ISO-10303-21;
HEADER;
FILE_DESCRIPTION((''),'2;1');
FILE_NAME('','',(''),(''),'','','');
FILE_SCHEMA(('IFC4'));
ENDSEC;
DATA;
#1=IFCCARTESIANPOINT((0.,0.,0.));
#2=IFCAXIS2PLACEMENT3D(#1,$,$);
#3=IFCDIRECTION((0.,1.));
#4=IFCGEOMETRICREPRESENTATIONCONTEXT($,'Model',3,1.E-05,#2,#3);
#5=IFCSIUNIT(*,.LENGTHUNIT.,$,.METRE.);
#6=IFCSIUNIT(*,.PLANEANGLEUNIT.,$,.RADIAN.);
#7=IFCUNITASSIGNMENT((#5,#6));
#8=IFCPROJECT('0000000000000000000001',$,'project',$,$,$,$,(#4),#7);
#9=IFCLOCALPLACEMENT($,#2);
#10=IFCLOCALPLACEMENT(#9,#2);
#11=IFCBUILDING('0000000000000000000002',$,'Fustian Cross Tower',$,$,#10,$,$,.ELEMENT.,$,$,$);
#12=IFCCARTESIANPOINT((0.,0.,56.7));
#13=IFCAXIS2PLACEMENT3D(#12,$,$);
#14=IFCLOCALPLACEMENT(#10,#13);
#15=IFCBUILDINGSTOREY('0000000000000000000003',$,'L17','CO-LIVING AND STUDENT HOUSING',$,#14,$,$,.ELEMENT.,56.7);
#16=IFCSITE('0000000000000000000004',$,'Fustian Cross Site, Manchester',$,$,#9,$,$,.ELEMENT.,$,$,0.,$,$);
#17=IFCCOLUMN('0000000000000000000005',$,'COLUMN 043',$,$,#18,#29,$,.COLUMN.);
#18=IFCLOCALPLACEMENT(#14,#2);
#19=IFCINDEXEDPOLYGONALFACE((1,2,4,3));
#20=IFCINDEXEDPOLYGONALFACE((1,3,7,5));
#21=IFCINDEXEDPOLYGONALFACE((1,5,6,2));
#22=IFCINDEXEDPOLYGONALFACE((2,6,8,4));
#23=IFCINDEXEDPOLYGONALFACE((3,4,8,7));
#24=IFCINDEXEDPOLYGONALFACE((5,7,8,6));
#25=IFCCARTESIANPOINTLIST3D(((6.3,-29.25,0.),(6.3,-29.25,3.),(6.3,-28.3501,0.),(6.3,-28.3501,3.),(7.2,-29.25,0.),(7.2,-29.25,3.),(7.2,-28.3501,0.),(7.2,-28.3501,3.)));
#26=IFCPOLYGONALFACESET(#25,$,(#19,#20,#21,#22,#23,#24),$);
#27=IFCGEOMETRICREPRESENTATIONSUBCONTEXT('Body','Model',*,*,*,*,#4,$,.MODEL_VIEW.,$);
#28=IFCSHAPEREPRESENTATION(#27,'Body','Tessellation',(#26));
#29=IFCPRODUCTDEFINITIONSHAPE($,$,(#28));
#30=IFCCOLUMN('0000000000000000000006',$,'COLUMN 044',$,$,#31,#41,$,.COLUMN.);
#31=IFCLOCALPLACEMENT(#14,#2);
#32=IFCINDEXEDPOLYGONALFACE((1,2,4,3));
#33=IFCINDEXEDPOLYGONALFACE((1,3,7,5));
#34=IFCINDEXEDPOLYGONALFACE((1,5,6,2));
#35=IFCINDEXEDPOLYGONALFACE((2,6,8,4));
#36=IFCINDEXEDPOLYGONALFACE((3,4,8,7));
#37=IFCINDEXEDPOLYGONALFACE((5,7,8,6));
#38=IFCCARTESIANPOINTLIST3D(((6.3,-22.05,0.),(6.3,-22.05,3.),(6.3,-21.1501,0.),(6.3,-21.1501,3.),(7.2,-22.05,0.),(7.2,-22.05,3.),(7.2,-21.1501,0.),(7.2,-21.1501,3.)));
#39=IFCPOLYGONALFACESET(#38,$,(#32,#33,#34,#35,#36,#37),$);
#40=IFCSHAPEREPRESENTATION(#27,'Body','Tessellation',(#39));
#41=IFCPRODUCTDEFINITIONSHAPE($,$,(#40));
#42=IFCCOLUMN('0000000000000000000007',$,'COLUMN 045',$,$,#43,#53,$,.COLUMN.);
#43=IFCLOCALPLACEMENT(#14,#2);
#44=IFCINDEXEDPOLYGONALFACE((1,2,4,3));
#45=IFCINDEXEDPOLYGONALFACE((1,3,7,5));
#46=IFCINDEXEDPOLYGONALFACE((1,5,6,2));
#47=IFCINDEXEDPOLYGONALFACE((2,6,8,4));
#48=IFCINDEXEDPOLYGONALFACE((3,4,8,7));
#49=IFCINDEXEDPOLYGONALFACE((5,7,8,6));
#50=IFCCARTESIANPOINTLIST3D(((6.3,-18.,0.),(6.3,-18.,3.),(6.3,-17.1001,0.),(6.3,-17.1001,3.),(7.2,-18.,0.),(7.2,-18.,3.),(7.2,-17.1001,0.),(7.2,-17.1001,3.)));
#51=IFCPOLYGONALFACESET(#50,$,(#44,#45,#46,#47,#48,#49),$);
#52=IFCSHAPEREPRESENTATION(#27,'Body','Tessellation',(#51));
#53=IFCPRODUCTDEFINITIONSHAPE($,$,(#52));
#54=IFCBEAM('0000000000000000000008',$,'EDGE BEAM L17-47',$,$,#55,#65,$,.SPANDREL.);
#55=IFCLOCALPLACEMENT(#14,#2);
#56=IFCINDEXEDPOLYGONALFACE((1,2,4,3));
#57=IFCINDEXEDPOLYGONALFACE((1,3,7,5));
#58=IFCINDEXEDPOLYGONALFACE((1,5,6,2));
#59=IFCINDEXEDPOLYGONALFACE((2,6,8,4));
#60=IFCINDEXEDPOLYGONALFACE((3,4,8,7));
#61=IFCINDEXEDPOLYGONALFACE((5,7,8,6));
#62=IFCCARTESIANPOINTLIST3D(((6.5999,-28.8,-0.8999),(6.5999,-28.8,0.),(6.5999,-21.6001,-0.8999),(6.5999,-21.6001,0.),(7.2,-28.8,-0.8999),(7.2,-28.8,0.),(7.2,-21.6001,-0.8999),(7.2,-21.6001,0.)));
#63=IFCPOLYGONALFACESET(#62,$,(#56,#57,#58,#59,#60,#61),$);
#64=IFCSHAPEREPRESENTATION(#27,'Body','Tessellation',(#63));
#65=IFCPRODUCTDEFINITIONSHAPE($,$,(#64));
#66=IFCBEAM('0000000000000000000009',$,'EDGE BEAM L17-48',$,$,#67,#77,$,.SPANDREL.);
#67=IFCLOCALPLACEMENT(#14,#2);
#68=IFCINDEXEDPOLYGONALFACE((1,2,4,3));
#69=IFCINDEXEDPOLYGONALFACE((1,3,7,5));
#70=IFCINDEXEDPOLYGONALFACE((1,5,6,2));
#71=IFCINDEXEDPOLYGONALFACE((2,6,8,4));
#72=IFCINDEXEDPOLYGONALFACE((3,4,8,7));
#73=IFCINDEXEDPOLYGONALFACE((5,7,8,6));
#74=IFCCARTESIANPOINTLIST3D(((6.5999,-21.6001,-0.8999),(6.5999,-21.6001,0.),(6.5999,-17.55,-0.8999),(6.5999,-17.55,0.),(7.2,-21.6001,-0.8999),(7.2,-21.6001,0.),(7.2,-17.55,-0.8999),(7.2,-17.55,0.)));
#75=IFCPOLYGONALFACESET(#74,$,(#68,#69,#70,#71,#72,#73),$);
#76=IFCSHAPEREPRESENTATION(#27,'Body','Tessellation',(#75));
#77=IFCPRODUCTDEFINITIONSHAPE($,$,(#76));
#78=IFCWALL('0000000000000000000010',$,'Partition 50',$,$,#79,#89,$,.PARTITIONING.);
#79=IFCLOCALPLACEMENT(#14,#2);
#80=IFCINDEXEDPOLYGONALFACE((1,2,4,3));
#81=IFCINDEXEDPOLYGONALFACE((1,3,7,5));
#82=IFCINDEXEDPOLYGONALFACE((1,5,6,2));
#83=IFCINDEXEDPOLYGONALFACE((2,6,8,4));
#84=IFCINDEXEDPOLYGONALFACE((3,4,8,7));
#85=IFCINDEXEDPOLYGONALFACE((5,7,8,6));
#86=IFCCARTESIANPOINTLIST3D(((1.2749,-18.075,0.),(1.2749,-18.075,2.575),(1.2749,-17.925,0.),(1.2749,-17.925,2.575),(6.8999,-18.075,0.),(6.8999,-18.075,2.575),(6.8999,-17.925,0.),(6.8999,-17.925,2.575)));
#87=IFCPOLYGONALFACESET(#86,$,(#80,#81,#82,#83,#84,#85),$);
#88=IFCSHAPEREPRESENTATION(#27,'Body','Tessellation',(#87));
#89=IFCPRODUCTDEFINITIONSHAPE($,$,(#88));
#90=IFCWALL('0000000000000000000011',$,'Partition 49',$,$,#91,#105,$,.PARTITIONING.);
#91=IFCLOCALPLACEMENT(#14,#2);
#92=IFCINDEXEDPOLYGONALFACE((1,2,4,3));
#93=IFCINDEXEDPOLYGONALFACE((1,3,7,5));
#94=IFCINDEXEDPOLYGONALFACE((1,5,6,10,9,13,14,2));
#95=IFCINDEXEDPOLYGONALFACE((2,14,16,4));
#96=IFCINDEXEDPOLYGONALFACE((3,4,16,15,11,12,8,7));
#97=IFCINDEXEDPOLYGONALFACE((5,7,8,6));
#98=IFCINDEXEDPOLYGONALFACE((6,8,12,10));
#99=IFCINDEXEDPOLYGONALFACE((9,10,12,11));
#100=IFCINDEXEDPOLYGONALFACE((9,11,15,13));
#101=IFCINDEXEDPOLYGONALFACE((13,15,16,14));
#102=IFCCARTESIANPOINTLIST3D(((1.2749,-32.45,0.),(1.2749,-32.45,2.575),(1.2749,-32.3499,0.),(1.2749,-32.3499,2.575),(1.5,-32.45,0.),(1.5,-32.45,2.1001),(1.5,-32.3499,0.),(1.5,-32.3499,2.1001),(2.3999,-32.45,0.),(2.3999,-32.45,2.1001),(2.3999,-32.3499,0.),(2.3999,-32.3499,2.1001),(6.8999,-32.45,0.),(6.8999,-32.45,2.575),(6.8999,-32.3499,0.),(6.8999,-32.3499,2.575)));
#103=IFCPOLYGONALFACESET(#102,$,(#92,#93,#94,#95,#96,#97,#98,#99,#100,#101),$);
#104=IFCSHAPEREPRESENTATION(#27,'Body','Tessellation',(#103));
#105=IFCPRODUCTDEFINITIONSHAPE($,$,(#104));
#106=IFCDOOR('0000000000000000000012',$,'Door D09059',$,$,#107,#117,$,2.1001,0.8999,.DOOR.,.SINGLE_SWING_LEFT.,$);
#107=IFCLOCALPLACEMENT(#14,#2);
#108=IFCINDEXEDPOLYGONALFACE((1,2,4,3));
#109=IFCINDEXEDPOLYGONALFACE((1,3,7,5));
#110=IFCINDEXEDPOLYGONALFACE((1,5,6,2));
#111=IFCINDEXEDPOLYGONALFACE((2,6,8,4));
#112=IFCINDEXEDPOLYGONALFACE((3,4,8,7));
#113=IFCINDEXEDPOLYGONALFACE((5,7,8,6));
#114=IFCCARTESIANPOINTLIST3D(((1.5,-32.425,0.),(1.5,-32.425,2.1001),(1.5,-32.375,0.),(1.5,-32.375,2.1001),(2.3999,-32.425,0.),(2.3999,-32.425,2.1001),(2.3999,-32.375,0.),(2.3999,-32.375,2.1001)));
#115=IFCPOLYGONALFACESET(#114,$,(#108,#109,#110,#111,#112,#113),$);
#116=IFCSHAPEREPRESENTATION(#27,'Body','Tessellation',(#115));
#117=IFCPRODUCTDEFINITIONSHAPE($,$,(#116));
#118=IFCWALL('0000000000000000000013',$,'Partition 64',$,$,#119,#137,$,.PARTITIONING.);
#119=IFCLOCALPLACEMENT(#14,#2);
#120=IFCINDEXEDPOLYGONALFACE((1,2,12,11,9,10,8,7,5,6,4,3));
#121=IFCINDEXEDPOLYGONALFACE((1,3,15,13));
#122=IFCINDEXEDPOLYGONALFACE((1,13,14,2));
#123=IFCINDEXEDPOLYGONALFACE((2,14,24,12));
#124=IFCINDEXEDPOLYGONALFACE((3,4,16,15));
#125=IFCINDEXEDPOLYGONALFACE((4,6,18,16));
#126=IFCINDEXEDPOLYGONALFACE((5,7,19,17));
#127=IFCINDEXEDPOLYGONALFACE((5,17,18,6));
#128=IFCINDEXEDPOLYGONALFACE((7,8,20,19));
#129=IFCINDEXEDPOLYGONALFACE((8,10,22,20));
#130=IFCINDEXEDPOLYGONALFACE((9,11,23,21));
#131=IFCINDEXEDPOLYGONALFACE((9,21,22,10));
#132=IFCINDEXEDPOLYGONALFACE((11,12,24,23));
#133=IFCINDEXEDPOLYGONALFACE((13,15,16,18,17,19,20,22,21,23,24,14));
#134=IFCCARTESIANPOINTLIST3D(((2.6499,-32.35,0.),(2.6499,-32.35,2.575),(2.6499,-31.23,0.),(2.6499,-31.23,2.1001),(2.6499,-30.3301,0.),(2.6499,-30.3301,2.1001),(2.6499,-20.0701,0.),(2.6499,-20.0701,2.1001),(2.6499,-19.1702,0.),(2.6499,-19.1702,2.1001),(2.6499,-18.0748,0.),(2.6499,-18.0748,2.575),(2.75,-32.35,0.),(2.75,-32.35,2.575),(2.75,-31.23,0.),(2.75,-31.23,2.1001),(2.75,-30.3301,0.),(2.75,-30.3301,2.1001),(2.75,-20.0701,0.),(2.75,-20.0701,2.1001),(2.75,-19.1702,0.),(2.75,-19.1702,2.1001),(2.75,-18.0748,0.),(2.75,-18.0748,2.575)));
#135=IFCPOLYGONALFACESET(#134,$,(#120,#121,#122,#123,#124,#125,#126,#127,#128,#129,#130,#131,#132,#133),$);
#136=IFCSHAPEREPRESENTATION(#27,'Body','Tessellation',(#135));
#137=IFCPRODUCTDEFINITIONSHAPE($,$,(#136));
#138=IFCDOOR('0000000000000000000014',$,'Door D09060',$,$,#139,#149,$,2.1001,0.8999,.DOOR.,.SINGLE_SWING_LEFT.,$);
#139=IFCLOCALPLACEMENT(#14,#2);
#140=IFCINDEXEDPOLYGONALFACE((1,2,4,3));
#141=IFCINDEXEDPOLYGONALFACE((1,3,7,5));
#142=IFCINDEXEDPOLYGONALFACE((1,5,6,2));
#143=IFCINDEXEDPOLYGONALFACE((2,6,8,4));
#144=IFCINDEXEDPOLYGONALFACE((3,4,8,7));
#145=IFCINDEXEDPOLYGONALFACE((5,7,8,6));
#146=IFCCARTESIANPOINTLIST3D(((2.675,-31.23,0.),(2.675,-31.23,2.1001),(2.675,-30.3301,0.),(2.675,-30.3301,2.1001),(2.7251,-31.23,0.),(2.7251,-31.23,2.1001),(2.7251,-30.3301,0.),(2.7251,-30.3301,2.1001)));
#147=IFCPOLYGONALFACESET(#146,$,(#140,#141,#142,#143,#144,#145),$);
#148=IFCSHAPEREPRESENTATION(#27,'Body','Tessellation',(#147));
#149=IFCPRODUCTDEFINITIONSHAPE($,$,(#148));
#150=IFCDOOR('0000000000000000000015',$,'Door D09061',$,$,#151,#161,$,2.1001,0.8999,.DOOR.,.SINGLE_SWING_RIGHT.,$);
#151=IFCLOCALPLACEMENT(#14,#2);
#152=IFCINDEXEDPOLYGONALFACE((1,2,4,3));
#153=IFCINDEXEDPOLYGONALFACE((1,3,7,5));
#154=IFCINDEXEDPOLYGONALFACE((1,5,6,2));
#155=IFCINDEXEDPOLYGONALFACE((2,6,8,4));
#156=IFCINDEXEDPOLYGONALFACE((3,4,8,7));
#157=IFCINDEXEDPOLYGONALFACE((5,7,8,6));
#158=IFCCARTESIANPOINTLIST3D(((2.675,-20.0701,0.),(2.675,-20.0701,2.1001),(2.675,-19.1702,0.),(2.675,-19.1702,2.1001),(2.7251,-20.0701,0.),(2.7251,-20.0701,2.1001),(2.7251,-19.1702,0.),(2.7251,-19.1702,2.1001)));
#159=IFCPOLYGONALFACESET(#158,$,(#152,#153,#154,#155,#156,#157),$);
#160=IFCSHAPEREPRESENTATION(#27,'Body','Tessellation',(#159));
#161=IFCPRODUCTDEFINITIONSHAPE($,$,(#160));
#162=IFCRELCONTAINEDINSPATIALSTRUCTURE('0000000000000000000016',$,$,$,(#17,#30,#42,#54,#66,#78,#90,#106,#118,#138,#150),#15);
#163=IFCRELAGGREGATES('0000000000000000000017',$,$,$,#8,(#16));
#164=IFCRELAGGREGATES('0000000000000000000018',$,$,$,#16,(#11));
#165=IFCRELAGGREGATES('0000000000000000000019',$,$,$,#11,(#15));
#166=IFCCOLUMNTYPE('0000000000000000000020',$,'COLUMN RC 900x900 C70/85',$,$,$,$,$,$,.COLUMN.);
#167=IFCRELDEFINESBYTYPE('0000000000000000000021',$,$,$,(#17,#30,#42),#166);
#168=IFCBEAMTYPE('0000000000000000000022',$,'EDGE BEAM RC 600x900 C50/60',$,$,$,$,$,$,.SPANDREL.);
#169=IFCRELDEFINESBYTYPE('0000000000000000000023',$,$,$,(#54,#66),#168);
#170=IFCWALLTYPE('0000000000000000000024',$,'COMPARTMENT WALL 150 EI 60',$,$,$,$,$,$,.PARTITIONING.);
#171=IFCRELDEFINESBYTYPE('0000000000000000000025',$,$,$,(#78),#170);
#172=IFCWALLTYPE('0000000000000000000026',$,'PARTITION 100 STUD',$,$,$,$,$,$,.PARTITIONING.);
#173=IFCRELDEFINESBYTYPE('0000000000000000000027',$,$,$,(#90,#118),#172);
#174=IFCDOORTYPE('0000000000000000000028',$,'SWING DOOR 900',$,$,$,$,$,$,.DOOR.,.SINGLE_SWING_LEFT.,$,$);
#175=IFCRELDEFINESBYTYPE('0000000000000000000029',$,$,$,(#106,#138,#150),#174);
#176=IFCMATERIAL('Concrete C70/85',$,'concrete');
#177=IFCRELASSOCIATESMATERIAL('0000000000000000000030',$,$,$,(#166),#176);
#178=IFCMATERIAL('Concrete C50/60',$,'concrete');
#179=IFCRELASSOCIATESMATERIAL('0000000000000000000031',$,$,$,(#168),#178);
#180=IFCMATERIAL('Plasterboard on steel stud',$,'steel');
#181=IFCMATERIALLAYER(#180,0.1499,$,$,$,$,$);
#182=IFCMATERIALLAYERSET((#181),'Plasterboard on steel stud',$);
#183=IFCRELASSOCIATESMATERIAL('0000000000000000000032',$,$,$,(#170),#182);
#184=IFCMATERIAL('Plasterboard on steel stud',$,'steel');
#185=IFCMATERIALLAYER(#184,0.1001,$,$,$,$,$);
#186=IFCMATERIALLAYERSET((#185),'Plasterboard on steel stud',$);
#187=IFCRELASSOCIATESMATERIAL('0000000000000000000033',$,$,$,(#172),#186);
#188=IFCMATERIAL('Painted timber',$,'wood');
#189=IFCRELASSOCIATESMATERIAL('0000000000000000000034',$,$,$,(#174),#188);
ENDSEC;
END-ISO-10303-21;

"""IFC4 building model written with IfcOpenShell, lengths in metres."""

from ifc_helpers import new_model, si_unit, direction, frame, frame_2d, origin, origin_2d, place, context, subcontext, project, spatial, rectangle, extrude, material, layer, layer_set, material_profile, profile_set, type_object, element, fill, save


model = new_model("IFC4")

# Units and contexts
model_context = context("Model", 3, precision=1e-05, world=origin(), true_north=direction((0.0, 1.0)))
body_context = subcontext(model_context, "Body", "Model", "MODEL_VIEW")
ifc_project = project(units=[si_unit("LENGTHUNIT", "METRE"), si_unit("PLANEANGLEUNIT", "RADIAN")], contexts=[model_context])

# Site, building, storey
site_placement = place(None, origin())
site = spatial("IfcSite", under=ifc_project, at=site_placement, Name="Fustian Cross Site, Manchester", CompositionType="ELEMENT", RefElevation=0.0)
building_placement = place(site_placement, origin())
building = spatial("IfcBuilding", under=site, at=building_placement, Name="Fustian Cross Tower", CompositionType="ELEMENT")
storey_placement = place(building_placement, frame((0.0, 0.0, 56.7)))
storey = spatial("IfcBuildingStorey", under=building, at=storey_placement, Name="L17", Description="CO-LIVING AND STUDENT HOUSING", CompositionType="ELEMENT", Elevation=56.7)

# Columns
ifc_material_1 = material(Name="Concrete C70/85", Category="concrete")
ifc_material_profile_1 = material_profile(ifc_material_1, rectangle(XDim=0.8999, YDim=0.8999, at=origin_2d()), Name="RC 900x900")
ifc_profile_set_1 = profile_set([ifc_material_profile_1], Name="Concrete C70/85")
column_type = type_object("IfcColumnType", Name="COLUMN RC 900x900 C70/85", PredefinedType="COLUMN", material=ifc_profile_set_1)
for number, where, z_axis, x_axis, name in (
    (1, (6.75, -28.8, 0.0), (0.0, 0.0, 1.0), (1.0, 0.0, 0.0), "COLUMN 043"),
    (2, (6.75, -21.6001, 0.0), (0.0, 0.0, 1.0), (1.0, 0.0, 0.0), "COLUMN 044"),
    (3, (6.75, -17.55, 0.0), (0.0, 0.0, 1.0), (1.0, 0.0, 0.0), "COLUMN 045"),
):
    element("IfcColumn", number, at=place(storey_placement, frame(where, z_axis=z_axis, x_axis=x_axis)), inside=storey, type_object=column_type, Name=name, PredefinedType="COLUMN", context=body_context, shape_type="SweptSolid", body=[
        extrude(rectangle(XDim=0.8999, YDim=0.8999, at=origin_2d()), origin(), (0.0, 0.0, 1.0), 3.0),
    ])

# Beams
ifc_material_2 = material(Name="Concrete C50/60", Category="concrete")
ifc_material_profile_2 = material_profile(ifc_material_2, rectangle(XDim=0.6001, YDim=0.8999, at=origin_2d()), Name="RC 600x900")
ifc_profile_set_2 = profile_set([ifc_material_profile_2], Name="Concrete C50/60")
beam_type = type_object("IfcBeamType", Name="EDGE BEAM RC 600x900 C50/60", PredefinedType="SPANDREL", material=ifc_profile_set_2)
beam_1_placement = place(storey_placement, frame((6.8999, -28.8, -0.45), z_axis=(0.0, 1.0, 0.0), x_axis=(-1.0, 0.0, 0.0)))
element("IfcBeam", 4, at=beam_1_placement, inside=storey, type_object=beam_type, Name="EDGE BEAM L17-47", PredefinedType="SPANDREL", context=body_context, shape_type="SweptSolid", body=[
    extrude(rectangle(XDim=0.6001, YDim=0.8999, at=origin_2d()), origin(), (0.0, 0.0, 1.0), 7.2),
])
beam_2_placement = place(storey_placement, frame((6.8999, -21.6001, -0.45), z_axis=(0.0, 1.0, 0.0), x_axis=(-1.0, 0.0, 0.0)))
element("IfcBeam", 5, at=beam_2_placement, inside=storey, type_object=beam_type, Name="EDGE BEAM L17-48", PredefinedType="SPANDREL", context=body_context, shape_type="SweptSolid", body=[
    extrude(rectangle(XDim=0.6001, YDim=0.8999, at=origin_2d()), origin(), (0.0, 0.0, 1.0), 4.05),
])

# Wall
ifc_material_3 = material(Name="Plasterboard on steel stud", Category="steel")
ifc_layer_1 = layer(ifc_material_3, 0.1499)
ifc_layer_set_1 = layer_set([ifc_layer_1], Name="Plasterboard on steel stud")
wall_type_1 = type_object("IfcWallType", Name="COMPARTMENT WALL 150 EI 60", PredefinedType="PARTITIONING", material=ifc_layer_set_1)
wall_1_placement = place(storey_placement, frame((1.2749, -18.0, 0.0), z_axis=(0.0, 0.0, 1.0), x_axis=(1.0, 0.0, 0.0)))
element("IfcWall", 6, at=wall_1_placement, inside=storey, type_object=wall_type_1, Name="Partition 50", PredefinedType="PARTITIONING", context=body_context, shape_type="SweptSolid", body=[
    extrude(rectangle(XDim=5.625, YDim=0.1499, at=frame_2d((2.8125, 0.0))), origin(), (0.0, 0.0, 1.0), 2.575),
])

# Wall, opening, door
ifc_material_4 = material(Name="Plasterboard on steel stud", Category="steel")
ifc_layer_2 = layer(ifc_material_4, 0.1001)
ifc_layer_set_2 = layer_set([ifc_layer_2], Name="Plasterboard on steel stud")
wall_type_2 = type_object("IfcWallType", Name="PARTITION 100 STUD", PredefinedType="PARTITIONING", material=ifc_layer_set_2)
wall_2_placement = place(storey_placement, frame((1.2749, -32.3999, 0.0), z_axis=(0.0, 0.0, 1.0), x_axis=(1.0, 0.0, 0.0)))
wall_2 = element("IfcWall", 7, at=wall_2_placement, inside=storey, type_object=wall_type_2, Name="Partition 49", PredefinedType="PARTITIONING", context=body_context, shape_type="SweptSolid", body=[
    extrude(rectangle(XDim=5.625, YDim=0.1001, at=frame_2d((2.8125, 0.0))), origin(), (0.0, 0.0, 1.0), 2.575),
])
opening_1_placement = place(wall_2_placement, frame((0.2251, 0.0, 0.0)))
opening_1 = element("IfcOpeningElement", 8, at=opening_1_placement, cuts=wall_2, PredefinedType="OPENING", context=body_context, shape_type="SweptSolid", body=[
    extrude(rectangle(XDim=0.8999, YDim=2.1001, at=frame_2d((0.45, 1.05))), frame((0.0, 0.0601, 0.0), z_axis=(0.0, -1.0, 0.0), x_axis=(1.0, 0.0, 0.0)), (0.0, 0.0, 1.0), 0.1201),
])
ifc_material_5 = material(Name="Painted timber", Category="wood")
door_type_1 = type_object("IfcDoorType", Name="SWING DOOR 900", OperationType="SINGLE_SWING_LEFT", PredefinedType="DOOR", material=ifc_material_5)
door_1_placement = place(opening_1_placement, origin())
door_1 = element("IfcDoor", 9, at=door_1_placement, inside=storey, type_object=door_type_1, Name="Door D09059", OperationType="SINGLE_SWING_LEFT", OverallHeight=2.1001, OverallWidth=0.8999, PredefinedType="DOOR", context=body_context, shape_type="SweptSolid", body=[
    extrude(rectangle(XDim=0.8999, YDim=2.1001, at=frame_2d((0.45, 1.05))), frame((0.0, 0.0249, 0.0), z_axis=(0.0, -1.0, 0.0), x_axis=(1.0, 0.0, 0.0)), (0.0, 0.0, 1.0), 0.05),
])
fill(opening_1, door_1)

# Wall, openings, doors
wall_3_placement = place(storey_placement, frame((2.7, -32.3501, 0.0), z_axis=(0.0, 0.0, 1.0), x_axis=(0.0, 1.0, 0.0)))
wall_3 = element("IfcWall", 10, at=wall_3_placement, inside=storey, type_object=wall_type_2, Name="Partition 64", PredefinedType="PARTITIONING", context=body_context, shape_type="SweptSolid", body=[
    extrude(rectangle(XDim=14.2751, YDim=0.1001, at=frame_2d((7.1377, 0.0))), origin(), (0.0, 0.0, 1.0), 2.575),
])
opening_2_placement = place(wall_3_placement, frame((1.1201, 0.0, 0.0)))
opening_2 = element("IfcOpeningElement", 11, at=opening_2_placement, cuts=wall_3, PredefinedType="OPENING", context=body_context, shape_type="SweptSolid", body=[
    extrude(rectangle(XDim=0.8999, YDim=2.1001, at=frame_2d((0.45, 1.05))), frame((0.0, 0.0601, 0.0), z_axis=(0.0, -1.0, 0.0), x_axis=(1.0, 0.0, 0.0)), (0.0, 0.0, 1.0), 0.1201),
])
opening_3_placement = place(wall_3_placement, frame((12.28, 0.0, 0.0)))
opening_3 = element("IfcOpeningElement", 12, at=opening_3_placement, cuts=wall_3, PredefinedType="OPENING", context=body_context, shape_type="SweptSolid", body=[
    extrude(rectangle(XDim=0.8999, YDim=2.1001, at=frame_2d((0.45, 1.05))), frame((0.0, 0.0601, 0.0), z_axis=(0.0, -1.0, 0.0), x_axis=(1.0, 0.0, 0.0)), (0.0, 0.0, 1.0), 0.1201),
])
door_2_placement = place(opening_2_placement, origin())
door_2 = element("IfcDoor", 13, at=door_2_placement, inside=storey, type_object=door_type_1, Name="Door D09060", OperationType="SINGLE_SWING_LEFT", OverallHeight=2.1001, OverallWidth=0.8999, PredefinedType="DOOR", context=body_context, shape_type="SweptSolid", body=[
    extrude(rectangle(XDim=0.8999, YDim=2.1001, at=frame_2d((0.45, 1.05))), frame((0.0, 0.0249, 0.0), z_axis=(0.0, -1.0, 0.0), x_axis=(1.0, 0.0, 0.0)), (0.0, 0.0, 1.0), 0.05),
])
fill(opening_2, door_2)
door_3_placement = place(opening_3_placement, origin())
door_3 = element("IfcDoor", 14, at=door_3_placement, inside=storey, type_object=door_type_1, Name="Door D09061", OperationType="SINGLE_SWING_RIGHT", OverallHeight=2.1001, OverallWidth=0.8999, PredefinedType="DOOR", context=body_context, shape_type="SweptSolid", body=[
    extrude(rectangle(XDim=0.8999, YDim=2.1001, at=frame_2d((0.45, 1.05))), frame((0.0, 0.0249, 0.0), z_axis=(0.0, -1.0, 0.0), x_axis=(1.0, 0.0, 0.0)), (0.0, 0.0, 1.0), 0.05),
])
fill(opening_3, door_3)

save(model, "model.ifc")
